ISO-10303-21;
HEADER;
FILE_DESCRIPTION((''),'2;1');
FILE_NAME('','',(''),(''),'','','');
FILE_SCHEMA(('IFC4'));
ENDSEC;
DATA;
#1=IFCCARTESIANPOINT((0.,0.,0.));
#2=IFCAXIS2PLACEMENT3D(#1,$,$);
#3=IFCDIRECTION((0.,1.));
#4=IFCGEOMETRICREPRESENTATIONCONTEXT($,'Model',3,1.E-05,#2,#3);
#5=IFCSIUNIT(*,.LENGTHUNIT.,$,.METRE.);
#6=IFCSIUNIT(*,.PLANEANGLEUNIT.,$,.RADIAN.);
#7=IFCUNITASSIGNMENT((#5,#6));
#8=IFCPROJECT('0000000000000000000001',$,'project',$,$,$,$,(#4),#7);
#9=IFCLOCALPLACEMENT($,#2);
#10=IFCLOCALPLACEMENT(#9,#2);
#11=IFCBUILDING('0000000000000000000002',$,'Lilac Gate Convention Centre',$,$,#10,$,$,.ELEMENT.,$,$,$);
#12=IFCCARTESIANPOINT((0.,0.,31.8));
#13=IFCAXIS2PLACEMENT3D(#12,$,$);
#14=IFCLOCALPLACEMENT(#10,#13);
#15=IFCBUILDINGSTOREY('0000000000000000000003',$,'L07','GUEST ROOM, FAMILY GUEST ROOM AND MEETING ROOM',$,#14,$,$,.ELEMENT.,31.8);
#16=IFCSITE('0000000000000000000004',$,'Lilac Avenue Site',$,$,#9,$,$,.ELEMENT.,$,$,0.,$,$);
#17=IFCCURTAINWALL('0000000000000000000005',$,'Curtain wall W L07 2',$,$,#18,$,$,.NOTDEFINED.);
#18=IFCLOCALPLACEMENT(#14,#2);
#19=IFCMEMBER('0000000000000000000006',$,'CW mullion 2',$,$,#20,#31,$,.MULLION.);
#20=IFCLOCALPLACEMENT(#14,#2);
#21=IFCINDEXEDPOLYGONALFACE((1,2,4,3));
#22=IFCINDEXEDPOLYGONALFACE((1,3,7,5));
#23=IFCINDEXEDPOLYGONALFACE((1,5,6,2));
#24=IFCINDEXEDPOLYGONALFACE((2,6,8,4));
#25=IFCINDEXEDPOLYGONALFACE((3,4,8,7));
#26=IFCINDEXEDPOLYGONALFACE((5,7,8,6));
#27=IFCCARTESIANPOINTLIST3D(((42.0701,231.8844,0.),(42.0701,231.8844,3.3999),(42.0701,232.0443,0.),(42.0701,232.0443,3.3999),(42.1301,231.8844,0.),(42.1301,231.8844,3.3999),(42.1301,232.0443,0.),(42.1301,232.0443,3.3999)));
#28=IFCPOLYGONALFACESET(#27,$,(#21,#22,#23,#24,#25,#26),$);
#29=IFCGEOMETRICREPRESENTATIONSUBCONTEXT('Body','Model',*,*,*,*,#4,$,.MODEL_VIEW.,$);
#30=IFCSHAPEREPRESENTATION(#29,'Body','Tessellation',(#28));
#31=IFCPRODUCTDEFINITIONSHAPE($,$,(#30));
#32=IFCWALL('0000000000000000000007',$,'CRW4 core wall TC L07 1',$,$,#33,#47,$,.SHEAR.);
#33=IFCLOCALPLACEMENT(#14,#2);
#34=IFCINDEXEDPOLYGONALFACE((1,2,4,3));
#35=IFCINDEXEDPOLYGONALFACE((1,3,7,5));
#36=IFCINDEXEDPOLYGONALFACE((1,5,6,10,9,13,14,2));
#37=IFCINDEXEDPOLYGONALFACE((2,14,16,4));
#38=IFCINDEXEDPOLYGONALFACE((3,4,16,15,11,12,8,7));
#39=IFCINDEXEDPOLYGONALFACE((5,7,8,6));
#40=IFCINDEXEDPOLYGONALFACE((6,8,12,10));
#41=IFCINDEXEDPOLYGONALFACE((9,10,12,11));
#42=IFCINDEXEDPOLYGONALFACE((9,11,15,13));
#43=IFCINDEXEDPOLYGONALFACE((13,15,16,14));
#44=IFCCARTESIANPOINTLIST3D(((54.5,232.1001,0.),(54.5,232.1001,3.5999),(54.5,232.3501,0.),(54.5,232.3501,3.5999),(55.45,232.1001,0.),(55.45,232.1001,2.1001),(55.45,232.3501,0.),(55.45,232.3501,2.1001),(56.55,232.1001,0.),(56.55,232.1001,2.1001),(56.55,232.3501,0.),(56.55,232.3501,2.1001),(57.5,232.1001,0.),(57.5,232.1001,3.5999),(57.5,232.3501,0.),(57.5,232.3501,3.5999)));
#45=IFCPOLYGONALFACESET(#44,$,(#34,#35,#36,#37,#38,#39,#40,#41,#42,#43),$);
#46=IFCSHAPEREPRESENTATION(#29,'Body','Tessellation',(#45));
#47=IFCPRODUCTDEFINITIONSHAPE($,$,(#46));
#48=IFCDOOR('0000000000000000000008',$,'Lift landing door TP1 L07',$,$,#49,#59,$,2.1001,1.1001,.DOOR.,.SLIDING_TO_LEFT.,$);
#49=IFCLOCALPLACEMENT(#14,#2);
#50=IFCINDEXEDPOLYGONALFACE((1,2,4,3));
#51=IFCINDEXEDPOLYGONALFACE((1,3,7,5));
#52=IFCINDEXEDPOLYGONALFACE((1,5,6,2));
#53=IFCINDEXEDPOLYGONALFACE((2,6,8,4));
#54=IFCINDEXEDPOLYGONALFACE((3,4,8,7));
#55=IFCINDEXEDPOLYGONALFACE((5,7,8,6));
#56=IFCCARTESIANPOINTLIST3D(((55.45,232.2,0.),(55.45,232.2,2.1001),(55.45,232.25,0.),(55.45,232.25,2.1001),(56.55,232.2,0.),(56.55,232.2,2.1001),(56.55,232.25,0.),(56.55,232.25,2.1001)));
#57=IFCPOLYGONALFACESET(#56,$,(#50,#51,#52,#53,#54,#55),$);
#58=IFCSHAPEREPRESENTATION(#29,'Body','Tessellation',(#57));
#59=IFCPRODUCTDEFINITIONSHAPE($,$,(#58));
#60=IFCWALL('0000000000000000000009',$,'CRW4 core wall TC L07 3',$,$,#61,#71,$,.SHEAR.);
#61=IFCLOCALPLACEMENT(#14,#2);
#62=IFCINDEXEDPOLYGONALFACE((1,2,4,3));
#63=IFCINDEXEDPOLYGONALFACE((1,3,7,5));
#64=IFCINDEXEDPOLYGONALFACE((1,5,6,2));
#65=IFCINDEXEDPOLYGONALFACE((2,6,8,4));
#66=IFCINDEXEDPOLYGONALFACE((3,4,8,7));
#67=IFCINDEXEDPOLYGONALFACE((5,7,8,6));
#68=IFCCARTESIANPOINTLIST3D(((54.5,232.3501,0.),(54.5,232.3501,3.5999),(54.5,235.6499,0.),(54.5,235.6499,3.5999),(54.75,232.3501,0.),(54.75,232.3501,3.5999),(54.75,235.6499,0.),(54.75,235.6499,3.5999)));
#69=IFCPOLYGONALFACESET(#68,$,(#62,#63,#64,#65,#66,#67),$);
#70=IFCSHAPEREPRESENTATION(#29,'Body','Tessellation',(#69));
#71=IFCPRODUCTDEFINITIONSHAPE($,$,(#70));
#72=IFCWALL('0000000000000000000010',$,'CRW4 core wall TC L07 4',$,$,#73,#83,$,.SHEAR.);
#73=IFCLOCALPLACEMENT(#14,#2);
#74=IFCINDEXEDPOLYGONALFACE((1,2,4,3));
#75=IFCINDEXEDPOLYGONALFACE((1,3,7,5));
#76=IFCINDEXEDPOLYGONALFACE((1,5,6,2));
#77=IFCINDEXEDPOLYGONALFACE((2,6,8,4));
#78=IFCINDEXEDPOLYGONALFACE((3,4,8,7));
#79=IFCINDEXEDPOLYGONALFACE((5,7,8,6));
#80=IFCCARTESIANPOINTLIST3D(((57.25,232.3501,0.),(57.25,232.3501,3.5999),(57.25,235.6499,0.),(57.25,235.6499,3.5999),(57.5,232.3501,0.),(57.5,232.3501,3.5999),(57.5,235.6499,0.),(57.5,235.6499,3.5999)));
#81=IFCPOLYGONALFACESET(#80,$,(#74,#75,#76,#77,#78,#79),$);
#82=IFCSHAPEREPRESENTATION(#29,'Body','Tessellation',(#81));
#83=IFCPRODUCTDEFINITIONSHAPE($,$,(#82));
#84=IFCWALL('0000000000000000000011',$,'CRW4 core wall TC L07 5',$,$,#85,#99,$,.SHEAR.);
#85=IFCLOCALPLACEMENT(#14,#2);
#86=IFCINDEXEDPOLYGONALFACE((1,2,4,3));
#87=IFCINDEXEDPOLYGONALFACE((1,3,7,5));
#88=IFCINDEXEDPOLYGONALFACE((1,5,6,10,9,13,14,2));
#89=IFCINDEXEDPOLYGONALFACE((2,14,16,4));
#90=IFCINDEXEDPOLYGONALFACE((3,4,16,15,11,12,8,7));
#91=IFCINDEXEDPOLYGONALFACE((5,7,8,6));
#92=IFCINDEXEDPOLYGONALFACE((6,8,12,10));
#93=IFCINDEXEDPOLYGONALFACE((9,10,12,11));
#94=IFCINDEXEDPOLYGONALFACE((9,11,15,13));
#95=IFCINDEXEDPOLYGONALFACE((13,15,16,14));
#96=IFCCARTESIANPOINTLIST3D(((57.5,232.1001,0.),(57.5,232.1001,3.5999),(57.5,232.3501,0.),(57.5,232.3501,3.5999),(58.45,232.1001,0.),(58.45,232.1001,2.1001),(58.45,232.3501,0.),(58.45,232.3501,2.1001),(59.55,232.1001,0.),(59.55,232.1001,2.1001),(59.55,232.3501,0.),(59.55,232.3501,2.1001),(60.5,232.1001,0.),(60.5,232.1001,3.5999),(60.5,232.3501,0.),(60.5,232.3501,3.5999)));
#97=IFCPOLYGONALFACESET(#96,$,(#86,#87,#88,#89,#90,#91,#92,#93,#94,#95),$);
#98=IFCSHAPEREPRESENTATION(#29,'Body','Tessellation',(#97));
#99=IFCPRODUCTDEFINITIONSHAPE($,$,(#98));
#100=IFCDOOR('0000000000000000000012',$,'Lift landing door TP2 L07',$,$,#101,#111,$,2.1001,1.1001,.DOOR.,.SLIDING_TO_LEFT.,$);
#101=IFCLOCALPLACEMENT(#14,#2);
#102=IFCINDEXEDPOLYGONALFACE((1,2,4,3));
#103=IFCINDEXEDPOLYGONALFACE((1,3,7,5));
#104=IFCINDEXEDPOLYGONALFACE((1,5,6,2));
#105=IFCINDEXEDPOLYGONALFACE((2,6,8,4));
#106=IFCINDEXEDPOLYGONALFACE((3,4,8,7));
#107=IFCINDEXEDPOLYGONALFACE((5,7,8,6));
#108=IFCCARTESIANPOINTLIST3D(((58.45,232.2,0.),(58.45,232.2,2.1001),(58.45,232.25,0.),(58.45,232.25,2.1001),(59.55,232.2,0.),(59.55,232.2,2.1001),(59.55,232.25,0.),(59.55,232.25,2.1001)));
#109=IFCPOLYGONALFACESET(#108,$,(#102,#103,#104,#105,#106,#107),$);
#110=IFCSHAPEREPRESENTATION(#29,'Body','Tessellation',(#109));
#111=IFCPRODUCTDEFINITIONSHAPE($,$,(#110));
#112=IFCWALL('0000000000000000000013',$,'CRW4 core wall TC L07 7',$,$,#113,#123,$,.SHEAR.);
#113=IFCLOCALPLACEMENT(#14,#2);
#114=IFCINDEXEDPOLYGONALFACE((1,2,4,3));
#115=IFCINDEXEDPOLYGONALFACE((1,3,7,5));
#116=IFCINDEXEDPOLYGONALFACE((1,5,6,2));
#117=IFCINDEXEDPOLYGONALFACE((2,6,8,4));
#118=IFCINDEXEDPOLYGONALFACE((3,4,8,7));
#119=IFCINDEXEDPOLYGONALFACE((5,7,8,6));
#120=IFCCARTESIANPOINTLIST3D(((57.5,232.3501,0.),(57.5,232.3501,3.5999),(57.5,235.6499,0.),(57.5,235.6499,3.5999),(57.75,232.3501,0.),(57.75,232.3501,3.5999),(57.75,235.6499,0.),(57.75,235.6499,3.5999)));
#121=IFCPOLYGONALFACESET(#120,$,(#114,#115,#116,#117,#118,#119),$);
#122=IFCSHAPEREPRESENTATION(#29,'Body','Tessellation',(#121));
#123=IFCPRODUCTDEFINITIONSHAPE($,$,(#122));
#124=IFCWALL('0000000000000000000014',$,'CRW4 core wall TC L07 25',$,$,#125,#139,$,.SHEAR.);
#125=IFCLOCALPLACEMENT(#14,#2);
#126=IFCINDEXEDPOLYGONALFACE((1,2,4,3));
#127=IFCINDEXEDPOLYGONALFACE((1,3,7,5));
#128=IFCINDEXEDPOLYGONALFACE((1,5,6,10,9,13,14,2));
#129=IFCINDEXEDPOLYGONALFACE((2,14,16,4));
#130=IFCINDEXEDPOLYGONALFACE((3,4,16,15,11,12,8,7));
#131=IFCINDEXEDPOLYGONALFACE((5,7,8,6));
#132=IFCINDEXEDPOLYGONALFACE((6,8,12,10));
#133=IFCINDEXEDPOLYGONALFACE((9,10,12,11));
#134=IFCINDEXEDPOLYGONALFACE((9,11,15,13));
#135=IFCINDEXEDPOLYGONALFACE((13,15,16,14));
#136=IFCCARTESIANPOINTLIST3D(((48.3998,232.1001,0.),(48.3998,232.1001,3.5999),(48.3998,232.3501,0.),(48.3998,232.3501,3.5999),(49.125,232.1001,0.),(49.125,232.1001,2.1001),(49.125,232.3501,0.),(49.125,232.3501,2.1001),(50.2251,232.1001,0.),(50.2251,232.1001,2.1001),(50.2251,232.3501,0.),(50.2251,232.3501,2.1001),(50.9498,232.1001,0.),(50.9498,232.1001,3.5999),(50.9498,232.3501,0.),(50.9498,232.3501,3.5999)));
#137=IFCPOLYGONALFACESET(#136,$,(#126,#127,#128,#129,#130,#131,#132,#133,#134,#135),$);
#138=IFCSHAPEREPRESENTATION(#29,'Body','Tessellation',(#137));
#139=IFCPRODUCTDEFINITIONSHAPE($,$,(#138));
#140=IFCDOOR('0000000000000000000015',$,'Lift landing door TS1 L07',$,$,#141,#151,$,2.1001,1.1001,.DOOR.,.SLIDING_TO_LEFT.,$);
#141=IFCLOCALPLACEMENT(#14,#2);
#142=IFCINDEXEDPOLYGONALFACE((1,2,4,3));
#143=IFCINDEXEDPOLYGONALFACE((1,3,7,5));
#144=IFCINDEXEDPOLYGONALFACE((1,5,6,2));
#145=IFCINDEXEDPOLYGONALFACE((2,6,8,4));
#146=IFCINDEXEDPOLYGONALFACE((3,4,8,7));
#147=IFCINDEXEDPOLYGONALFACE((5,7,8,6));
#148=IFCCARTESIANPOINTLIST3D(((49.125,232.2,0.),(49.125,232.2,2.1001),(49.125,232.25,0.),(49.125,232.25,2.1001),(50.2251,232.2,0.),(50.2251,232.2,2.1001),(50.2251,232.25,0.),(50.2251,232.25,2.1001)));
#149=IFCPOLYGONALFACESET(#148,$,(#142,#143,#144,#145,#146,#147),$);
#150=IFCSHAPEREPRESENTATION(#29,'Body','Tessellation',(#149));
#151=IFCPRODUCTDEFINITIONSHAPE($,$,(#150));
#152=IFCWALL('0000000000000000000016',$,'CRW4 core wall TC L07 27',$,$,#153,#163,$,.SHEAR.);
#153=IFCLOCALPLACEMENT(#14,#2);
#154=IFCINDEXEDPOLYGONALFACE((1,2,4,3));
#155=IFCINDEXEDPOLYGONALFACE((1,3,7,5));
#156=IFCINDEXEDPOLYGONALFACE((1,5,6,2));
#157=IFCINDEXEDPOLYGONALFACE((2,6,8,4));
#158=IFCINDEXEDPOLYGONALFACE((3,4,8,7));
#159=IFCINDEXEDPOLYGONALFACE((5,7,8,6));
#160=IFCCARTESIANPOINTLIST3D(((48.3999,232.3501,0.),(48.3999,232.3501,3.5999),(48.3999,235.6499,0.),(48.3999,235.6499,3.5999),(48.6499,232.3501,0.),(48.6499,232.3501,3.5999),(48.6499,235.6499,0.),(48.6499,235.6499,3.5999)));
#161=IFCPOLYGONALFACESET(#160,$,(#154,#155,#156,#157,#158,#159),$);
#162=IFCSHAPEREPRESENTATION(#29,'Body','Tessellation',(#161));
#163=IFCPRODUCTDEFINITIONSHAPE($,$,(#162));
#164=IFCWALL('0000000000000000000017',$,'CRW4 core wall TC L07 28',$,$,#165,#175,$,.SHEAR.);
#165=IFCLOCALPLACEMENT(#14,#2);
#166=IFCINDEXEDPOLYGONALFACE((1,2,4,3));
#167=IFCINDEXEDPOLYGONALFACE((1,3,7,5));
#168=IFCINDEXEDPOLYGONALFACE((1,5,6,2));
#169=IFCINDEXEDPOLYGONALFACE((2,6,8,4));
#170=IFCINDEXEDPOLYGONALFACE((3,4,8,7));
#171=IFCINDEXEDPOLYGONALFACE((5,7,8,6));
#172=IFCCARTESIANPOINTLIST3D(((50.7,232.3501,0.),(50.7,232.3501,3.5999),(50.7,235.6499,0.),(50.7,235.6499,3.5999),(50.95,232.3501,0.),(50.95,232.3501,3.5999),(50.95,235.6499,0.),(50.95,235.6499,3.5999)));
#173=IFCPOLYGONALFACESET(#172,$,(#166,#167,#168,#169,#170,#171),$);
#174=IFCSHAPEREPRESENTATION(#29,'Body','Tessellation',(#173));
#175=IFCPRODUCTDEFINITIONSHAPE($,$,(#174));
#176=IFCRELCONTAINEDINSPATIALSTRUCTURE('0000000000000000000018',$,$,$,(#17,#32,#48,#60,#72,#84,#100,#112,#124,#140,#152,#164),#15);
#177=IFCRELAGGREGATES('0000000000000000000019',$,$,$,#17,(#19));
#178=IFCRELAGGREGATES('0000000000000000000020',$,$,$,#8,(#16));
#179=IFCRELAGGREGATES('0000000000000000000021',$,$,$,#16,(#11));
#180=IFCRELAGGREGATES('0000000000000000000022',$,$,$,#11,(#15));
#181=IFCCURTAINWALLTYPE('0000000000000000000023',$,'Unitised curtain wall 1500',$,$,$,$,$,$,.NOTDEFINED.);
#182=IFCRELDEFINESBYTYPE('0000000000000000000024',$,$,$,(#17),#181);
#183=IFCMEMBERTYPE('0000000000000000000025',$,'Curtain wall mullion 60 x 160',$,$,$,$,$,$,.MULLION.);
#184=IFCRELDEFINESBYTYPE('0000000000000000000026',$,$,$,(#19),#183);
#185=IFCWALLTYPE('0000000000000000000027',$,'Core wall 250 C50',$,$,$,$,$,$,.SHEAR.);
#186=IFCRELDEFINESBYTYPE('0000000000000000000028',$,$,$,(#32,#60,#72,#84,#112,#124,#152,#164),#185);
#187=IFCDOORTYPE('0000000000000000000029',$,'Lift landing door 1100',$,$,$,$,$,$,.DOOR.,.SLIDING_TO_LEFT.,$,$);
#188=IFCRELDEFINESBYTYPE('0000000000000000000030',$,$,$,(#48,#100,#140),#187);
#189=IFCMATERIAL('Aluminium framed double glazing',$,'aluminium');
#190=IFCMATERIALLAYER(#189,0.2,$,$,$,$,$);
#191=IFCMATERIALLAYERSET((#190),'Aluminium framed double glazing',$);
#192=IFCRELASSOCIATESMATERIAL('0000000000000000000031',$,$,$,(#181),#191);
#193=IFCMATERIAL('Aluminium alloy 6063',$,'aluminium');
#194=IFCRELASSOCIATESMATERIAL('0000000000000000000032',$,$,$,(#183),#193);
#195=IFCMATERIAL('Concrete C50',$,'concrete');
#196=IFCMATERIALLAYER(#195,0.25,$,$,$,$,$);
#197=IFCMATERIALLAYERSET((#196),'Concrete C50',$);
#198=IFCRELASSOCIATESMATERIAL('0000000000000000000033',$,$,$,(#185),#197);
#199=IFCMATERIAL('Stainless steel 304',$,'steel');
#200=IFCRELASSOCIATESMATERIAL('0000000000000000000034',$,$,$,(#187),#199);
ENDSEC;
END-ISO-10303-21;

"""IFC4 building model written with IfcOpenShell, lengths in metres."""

from ifc_helpers import new_model, si_unit, direction, frame, frame_2d, origin, origin_2d, place, context, subcontext, project, spatial, rectangle, extrude, material, layer, layer_set, material_profile, profile_set, type_object, element, fill, aggregate, save


model = new_model("IFC4")

# Units and contexts
model_context = context("Model", 3, precision=1e-05, world=origin(), true_north=direction((0.0, 1.0)))
body_context = subcontext(model_context, "Body", "Model", "MODEL_VIEW")
ifc_project = project(units=[si_unit("LENGTHUNIT", "METRE"), si_unit("PLANEANGLEUNIT", "RADIAN")], contexts=[model_context])

# Site, building, storey
site_placement = place(None, origin())
site = spatial("IfcSite", under=ifc_project, at=site_placement, Name="Lilac Avenue Site", CompositionType="ELEMENT", RefElevation=0.0)
building_placement = place(site_placement, origin())
building = spatial("IfcBuilding", under=site, at=building_placement, Name="Lilac Gate Convention Centre", CompositionType="ELEMENT")
storey_placement = place(building_placement, frame((0.0, 0.0, 31.8)))
storey = spatial("IfcBuildingStorey", under=building, at=storey_placement, Name="L07", Description="GUEST ROOM, FAMILY GUEST ROOM AND MEETING ROOM", CompositionType="ELEMENT", Elevation=31.8)

# Curtain wall, member
ifc_material_1 = material(Name="Aluminium framed double glazing", Category="aluminium")
ifc_layer_1 = layer(ifc_material_1, 0.2)
ifc_layer_set_1 = layer_set([ifc_layer_1], Name="Aluminium framed double glazing")
curtain_wall_type = type_object("IfcCurtainWallType", Name="Unitised curtain wall 1500", PredefinedType="NOTDEFINED", material=ifc_layer_set_1)
curtain_wall_placement = place(storey_placement, origin())
curtain_wall = element("IfcCurtainWall", 1, at=curtain_wall_placement, inside=storey, type_object=curtain_wall_type, Name="Curtain wall W L07 2", PredefinedType="NOTDEFINED")
ifc_material_2 = material(Name="Aluminium alloy 6063", Category="aluminium")
ifc_material_profile = material_profile(ifc_material_2, rectangle(XDim=0.0601, YDim=0.1599, at=origin_2d()), Name="Curtain wall mullion 60 x 160")
ifc_profile_set = profile_set([ifc_material_profile], Name="Aluminium alloy 6063")
member_type = type_object("IfcMemberType", Name="Curtain wall mullion 60 x 160", PredefinedType="MULLION", material=ifc_profile_set)
member_placement = place(storey_placement, frame((42.1001, 231.9644, 0.0), z_axis=(0.0, 0.0, 1.0), x_axis=(1.0, 0.0, 0.0)))
member = element("IfcMember", 2, at=member_placement, type_object=member_type, Name="CW mullion 2", PredefinedType="MULLION", context=body_context, shape_type="SweptSolid", body=[
    extrude(rectangle(XDim=0.0601, YDim=0.1599, at=origin_2d()), origin(), (0.0, 0.0, 1.0), 3.3999),
])
aggregate(curtain_wall, [member])

# Wall, opening, door
ifc_material_3 = material(Name="Concrete C50", Category="concrete")
ifc_layer_2 = layer(ifc_material_3, 0.25)
ifc_layer_set_2 = layer_set([ifc_layer_2], Name="Concrete C50")
wall_type_1 = type_object("IfcWallType", Name="Core wall 250 C50", PredefinedType="SHEAR", material=ifc_layer_set_2)
wall_1_placement = place(storey_placement, frame((54.5, 232.2251, 0.0), z_axis=(0.0, 0.0, 1.0), x_axis=(1.0, 0.0, 0.0)))
wall_1 = element("IfcWall", 3, at=wall_1_placement, inside=storey, type_object=wall_type_1, Name="CRW4 core wall TC L07 1", PredefinedType="SHEAR", context=body_context, shape_type="SweptSolid", body=[
    extrude(rectangle(XDim=3.0, YDim=0.25, at=frame_2d((1.5, 0.0))), origin(), (0.0, 0.0, 1.0), 3.5999),
])
opening_1_placement = place(wall_1_placement, frame((0.95, 0.0, 0.0)))
opening_1 = element("IfcOpeningElement", 4, at=opening_1_placement, cuts=wall_1, PredefinedType="OPENING", context=body_context, shape_type="SweptSolid", body=[
    extrude(rectangle(XDim=1.1001, YDim=2.1001, at=frame_2d((0.55, 1.05))), frame((0.0, 0.135, 0.0), z_axis=(0.0, -1.0, 0.0), x_axis=(1.0, 0.0, 0.0)), (0.0, 0.0, 1.0), 0.27),
])
ifc_material_4 = material(Name="Stainless steel 304", Category="steel")
door_type_1 = type_object("IfcDoorType", Name="Lift landing door 1100", OperationType="SLIDING_TO_LEFT", PredefinedType="DOOR", material=ifc_material_4)
door_1_placement = place(opening_1_placement, origin())
door_1 = element("IfcDoor", 5, at=door_1_placement, inside=storey, type_object=door_type_1, Name="Lift landing door TP1 L07", OperationType="SLIDING_TO_LEFT", OverallHeight=2.1001, OverallWidth=1.1001, PredefinedType="DOOR", context=body_context, shape_type="SweptSolid", body=[
    extrude(rectangle(XDim=1.1001, YDim=2.1001, at=frame_2d((0.55, 1.05))), frame((0.0, 0.0249, 0.0), z_axis=(0.0, -1.0, 0.0), x_axis=(1.0, 0.0, 0.0)), (0.0, 0.0, 1.0), 0.05),
])
fill(opening_1, door_1)

# Walls
for number, where, z_axis, x_axis, name in (
    (6, (54.625, 232.3501, 0.0), (0.0, 0.0, 1.0), (0.0, 1.0, 0.0), "CRW4 core wall TC L07 3"),
    (7, (57.375, 232.3501, 0.0), (0.0, 0.0, 1.0), (0.0, 1.0, 0.0), "CRW4 core wall TC L07 4"),
):
    element("IfcWall", number, at=place(storey_placement, frame(where, z_axis=z_axis, x_axis=x_axis)), inside=storey, type_object=wall_type_1, Name=name, PredefinedType="SHEAR", context=body_context, shape_type="SweptSolid", body=[
        extrude(rectangle(XDim=3.2998, YDim=0.25, at=frame_2d((1.6499, 0.0))), origin(), (0.0, 0.0, 1.0), 3.5999),
    ])

# Wall, opening, door
wall_2_placement = place(storey_placement, frame((57.5, 232.2251, 0.0), z_axis=(0.0, 0.0, 1.0), x_axis=(1.0, 0.0, 0.0)))
wall_2 = element("IfcWall", 8, at=wall_2_placement, inside=storey, type_object=wall_type_1, Name="CRW4 core wall TC L07 5", PredefinedType="SHEAR", context=body_context, shape_type="SweptSolid", body=[
    extrude(rectangle(XDim=3.0, YDim=0.25, at=frame_2d((1.5, 0.0))), origin(), (0.0, 0.0, 1.0), 3.5999),
])
opening_2_placement = place(wall_2_placement, frame((0.95, 0.0, 0.0)))
opening_2 = element("IfcOpeningElement", 9, at=opening_2_placement, cuts=wall_2, PredefinedType="OPENING", context=body_context, shape_type="SweptSolid", body=[
    extrude(rectangle(XDim=1.1001, YDim=2.1001, at=frame_2d((0.55, 1.05))), frame((0.0, 0.135, 0.0), z_axis=(0.0, -1.0, 0.0), x_axis=(1.0, 0.0, 0.0)), (0.0, 0.0, 1.0), 0.27),
])
door_2_placement = place(opening_2_placement, origin())
door_2 = element("IfcDoor", 10, at=door_2_placement, inside=storey, type_object=door_type_1, Name="Lift landing door TP2 L07", OperationType="SLIDING_TO_LEFT", OverallHeight=2.1001, OverallWidth=1.1001, PredefinedType="DOOR", context=body_context, shape_type="SweptSolid", body=[
    extrude(rectangle(XDim=1.1001, YDim=2.1001, at=frame_2d((0.55, 1.05))), frame((0.0, 0.0249, 0.0), z_axis=(0.0, -1.0, 0.0), x_axis=(1.0, 0.0, 0.0)), (0.0, 0.0, 1.0), 0.05),
])
fill(opening_2, door_2)

# Wall
wall_3_placement = place(storey_placement, frame((57.625, 232.3501, 0.0), z_axis=(0.0, 0.0, 1.0), x_axis=(0.0, 1.0, 0.0)))
element("IfcWall", 11, at=wall_3_placement, inside=storey, type_object=wall_type_1, Name="CRW4 core wall TC L07 7", PredefinedType="SHEAR", context=body_context, shape_type="SweptSolid", body=[
    extrude(rectangle(XDim=3.2998, YDim=0.25, at=frame_2d((1.6499, 0.0))), origin(), (0.0, 0.0, 1.0), 3.5999),
])

# Wall, opening, door
wall_4_placement = place(storey_placement, frame((48.3999, 232.2251, 0.0), z_axis=(0.0, 0.0, 1.0), x_axis=(1.0, 0.0, 0.0)))
wall_4 = element("IfcWall", 12, at=wall_4_placement, inside=storey, type_object=wall_type_1, Name="CRW4 core wall TC L07 25", PredefinedType="SHEAR", context=body_context, shape_type="SweptSolid", body=[
    extrude(rectangle(XDim=2.55, YDim=0.25, at=frame_2d((1.2749, 0.0))), origin(), (0.0, 0.0, 1.0), 3.5999),
])
opening_3_placement = place(wall_4_placement, frame((0.7251, 0.0, 0.0)))
opening_3 = element("IfcOpeningElement", 13, at=opening_3_placement, cuts=wall_4, PredefinedType="OPENING", context=body_context, shape_type="SweptSolid", body=[
    extrude(rectangle(XDim=1.1001, YDim=2.1001, at=frame_2d((0.55, 1.05))), frame((0.0, 0.135, 0.0), z_axis=(0.0, -1.0, 0.0), x_axis=(1.0, 0.0, 0.0)), (0.0, 0.0, 1.0), 0.27),
])
door_3_placement = place(opening_3_placement, origin())
door_3 = element("IfcDoor", 14, at=door_3_placement, inside=storey, type_object=door_type_1, Name="Lift landing door TS1 L07", OperationType="SLIDING_TO_LEFT", OverallHeight=2.1001, OverallWidth=1.1001, PredefinedType="DOOR", context=body_context, shape_type="SweptSolid", body=[
    extrude(rectangle(XDim=1.1001, YDim=2.1001, at=frame_2d((0.55, 1.05))), frame((0.0, 0.0249, 0.0), z_axis=(0.0, -1.0, 0.0), x_axis=(1.0, 0.0, 0.0)), (0.0, 0.0, 1.0), 0.05),
])
fill(opening_3, door_3)

# Walls
for number, where, z_axis, x_axis, name in (
    (15, (48.5249, 232.3501, 0.0), (0.0, 0.0, 1.0), (0.0, 1.0, 0.0), "CRW4 core wall TC L07 27"),
    (16, (50.825, 232.3501, 0.0), (0.0, 0.0, 1.0), (0.0, 1.0, 0.0), "CRW4 core wall TC L07 28"),
):
    element("IfcWall", number, at=place(storey_placement, frame(where, z_axis=z_axis, x_axis=x_axis)), inside=storey, type_object=wall_type_1, Name=name, PredefinedType="SHEAR", context=body_context, shape_type="SweptSolid", body=[
        extrude(rectangle(XDim=3.2998, YDim=0.25, at=frame_2d((1.6499, 0.0))), origin(), (0.0, 0.0, 1.0), 3.5999),
    ])

save(model, "model.ifc")
